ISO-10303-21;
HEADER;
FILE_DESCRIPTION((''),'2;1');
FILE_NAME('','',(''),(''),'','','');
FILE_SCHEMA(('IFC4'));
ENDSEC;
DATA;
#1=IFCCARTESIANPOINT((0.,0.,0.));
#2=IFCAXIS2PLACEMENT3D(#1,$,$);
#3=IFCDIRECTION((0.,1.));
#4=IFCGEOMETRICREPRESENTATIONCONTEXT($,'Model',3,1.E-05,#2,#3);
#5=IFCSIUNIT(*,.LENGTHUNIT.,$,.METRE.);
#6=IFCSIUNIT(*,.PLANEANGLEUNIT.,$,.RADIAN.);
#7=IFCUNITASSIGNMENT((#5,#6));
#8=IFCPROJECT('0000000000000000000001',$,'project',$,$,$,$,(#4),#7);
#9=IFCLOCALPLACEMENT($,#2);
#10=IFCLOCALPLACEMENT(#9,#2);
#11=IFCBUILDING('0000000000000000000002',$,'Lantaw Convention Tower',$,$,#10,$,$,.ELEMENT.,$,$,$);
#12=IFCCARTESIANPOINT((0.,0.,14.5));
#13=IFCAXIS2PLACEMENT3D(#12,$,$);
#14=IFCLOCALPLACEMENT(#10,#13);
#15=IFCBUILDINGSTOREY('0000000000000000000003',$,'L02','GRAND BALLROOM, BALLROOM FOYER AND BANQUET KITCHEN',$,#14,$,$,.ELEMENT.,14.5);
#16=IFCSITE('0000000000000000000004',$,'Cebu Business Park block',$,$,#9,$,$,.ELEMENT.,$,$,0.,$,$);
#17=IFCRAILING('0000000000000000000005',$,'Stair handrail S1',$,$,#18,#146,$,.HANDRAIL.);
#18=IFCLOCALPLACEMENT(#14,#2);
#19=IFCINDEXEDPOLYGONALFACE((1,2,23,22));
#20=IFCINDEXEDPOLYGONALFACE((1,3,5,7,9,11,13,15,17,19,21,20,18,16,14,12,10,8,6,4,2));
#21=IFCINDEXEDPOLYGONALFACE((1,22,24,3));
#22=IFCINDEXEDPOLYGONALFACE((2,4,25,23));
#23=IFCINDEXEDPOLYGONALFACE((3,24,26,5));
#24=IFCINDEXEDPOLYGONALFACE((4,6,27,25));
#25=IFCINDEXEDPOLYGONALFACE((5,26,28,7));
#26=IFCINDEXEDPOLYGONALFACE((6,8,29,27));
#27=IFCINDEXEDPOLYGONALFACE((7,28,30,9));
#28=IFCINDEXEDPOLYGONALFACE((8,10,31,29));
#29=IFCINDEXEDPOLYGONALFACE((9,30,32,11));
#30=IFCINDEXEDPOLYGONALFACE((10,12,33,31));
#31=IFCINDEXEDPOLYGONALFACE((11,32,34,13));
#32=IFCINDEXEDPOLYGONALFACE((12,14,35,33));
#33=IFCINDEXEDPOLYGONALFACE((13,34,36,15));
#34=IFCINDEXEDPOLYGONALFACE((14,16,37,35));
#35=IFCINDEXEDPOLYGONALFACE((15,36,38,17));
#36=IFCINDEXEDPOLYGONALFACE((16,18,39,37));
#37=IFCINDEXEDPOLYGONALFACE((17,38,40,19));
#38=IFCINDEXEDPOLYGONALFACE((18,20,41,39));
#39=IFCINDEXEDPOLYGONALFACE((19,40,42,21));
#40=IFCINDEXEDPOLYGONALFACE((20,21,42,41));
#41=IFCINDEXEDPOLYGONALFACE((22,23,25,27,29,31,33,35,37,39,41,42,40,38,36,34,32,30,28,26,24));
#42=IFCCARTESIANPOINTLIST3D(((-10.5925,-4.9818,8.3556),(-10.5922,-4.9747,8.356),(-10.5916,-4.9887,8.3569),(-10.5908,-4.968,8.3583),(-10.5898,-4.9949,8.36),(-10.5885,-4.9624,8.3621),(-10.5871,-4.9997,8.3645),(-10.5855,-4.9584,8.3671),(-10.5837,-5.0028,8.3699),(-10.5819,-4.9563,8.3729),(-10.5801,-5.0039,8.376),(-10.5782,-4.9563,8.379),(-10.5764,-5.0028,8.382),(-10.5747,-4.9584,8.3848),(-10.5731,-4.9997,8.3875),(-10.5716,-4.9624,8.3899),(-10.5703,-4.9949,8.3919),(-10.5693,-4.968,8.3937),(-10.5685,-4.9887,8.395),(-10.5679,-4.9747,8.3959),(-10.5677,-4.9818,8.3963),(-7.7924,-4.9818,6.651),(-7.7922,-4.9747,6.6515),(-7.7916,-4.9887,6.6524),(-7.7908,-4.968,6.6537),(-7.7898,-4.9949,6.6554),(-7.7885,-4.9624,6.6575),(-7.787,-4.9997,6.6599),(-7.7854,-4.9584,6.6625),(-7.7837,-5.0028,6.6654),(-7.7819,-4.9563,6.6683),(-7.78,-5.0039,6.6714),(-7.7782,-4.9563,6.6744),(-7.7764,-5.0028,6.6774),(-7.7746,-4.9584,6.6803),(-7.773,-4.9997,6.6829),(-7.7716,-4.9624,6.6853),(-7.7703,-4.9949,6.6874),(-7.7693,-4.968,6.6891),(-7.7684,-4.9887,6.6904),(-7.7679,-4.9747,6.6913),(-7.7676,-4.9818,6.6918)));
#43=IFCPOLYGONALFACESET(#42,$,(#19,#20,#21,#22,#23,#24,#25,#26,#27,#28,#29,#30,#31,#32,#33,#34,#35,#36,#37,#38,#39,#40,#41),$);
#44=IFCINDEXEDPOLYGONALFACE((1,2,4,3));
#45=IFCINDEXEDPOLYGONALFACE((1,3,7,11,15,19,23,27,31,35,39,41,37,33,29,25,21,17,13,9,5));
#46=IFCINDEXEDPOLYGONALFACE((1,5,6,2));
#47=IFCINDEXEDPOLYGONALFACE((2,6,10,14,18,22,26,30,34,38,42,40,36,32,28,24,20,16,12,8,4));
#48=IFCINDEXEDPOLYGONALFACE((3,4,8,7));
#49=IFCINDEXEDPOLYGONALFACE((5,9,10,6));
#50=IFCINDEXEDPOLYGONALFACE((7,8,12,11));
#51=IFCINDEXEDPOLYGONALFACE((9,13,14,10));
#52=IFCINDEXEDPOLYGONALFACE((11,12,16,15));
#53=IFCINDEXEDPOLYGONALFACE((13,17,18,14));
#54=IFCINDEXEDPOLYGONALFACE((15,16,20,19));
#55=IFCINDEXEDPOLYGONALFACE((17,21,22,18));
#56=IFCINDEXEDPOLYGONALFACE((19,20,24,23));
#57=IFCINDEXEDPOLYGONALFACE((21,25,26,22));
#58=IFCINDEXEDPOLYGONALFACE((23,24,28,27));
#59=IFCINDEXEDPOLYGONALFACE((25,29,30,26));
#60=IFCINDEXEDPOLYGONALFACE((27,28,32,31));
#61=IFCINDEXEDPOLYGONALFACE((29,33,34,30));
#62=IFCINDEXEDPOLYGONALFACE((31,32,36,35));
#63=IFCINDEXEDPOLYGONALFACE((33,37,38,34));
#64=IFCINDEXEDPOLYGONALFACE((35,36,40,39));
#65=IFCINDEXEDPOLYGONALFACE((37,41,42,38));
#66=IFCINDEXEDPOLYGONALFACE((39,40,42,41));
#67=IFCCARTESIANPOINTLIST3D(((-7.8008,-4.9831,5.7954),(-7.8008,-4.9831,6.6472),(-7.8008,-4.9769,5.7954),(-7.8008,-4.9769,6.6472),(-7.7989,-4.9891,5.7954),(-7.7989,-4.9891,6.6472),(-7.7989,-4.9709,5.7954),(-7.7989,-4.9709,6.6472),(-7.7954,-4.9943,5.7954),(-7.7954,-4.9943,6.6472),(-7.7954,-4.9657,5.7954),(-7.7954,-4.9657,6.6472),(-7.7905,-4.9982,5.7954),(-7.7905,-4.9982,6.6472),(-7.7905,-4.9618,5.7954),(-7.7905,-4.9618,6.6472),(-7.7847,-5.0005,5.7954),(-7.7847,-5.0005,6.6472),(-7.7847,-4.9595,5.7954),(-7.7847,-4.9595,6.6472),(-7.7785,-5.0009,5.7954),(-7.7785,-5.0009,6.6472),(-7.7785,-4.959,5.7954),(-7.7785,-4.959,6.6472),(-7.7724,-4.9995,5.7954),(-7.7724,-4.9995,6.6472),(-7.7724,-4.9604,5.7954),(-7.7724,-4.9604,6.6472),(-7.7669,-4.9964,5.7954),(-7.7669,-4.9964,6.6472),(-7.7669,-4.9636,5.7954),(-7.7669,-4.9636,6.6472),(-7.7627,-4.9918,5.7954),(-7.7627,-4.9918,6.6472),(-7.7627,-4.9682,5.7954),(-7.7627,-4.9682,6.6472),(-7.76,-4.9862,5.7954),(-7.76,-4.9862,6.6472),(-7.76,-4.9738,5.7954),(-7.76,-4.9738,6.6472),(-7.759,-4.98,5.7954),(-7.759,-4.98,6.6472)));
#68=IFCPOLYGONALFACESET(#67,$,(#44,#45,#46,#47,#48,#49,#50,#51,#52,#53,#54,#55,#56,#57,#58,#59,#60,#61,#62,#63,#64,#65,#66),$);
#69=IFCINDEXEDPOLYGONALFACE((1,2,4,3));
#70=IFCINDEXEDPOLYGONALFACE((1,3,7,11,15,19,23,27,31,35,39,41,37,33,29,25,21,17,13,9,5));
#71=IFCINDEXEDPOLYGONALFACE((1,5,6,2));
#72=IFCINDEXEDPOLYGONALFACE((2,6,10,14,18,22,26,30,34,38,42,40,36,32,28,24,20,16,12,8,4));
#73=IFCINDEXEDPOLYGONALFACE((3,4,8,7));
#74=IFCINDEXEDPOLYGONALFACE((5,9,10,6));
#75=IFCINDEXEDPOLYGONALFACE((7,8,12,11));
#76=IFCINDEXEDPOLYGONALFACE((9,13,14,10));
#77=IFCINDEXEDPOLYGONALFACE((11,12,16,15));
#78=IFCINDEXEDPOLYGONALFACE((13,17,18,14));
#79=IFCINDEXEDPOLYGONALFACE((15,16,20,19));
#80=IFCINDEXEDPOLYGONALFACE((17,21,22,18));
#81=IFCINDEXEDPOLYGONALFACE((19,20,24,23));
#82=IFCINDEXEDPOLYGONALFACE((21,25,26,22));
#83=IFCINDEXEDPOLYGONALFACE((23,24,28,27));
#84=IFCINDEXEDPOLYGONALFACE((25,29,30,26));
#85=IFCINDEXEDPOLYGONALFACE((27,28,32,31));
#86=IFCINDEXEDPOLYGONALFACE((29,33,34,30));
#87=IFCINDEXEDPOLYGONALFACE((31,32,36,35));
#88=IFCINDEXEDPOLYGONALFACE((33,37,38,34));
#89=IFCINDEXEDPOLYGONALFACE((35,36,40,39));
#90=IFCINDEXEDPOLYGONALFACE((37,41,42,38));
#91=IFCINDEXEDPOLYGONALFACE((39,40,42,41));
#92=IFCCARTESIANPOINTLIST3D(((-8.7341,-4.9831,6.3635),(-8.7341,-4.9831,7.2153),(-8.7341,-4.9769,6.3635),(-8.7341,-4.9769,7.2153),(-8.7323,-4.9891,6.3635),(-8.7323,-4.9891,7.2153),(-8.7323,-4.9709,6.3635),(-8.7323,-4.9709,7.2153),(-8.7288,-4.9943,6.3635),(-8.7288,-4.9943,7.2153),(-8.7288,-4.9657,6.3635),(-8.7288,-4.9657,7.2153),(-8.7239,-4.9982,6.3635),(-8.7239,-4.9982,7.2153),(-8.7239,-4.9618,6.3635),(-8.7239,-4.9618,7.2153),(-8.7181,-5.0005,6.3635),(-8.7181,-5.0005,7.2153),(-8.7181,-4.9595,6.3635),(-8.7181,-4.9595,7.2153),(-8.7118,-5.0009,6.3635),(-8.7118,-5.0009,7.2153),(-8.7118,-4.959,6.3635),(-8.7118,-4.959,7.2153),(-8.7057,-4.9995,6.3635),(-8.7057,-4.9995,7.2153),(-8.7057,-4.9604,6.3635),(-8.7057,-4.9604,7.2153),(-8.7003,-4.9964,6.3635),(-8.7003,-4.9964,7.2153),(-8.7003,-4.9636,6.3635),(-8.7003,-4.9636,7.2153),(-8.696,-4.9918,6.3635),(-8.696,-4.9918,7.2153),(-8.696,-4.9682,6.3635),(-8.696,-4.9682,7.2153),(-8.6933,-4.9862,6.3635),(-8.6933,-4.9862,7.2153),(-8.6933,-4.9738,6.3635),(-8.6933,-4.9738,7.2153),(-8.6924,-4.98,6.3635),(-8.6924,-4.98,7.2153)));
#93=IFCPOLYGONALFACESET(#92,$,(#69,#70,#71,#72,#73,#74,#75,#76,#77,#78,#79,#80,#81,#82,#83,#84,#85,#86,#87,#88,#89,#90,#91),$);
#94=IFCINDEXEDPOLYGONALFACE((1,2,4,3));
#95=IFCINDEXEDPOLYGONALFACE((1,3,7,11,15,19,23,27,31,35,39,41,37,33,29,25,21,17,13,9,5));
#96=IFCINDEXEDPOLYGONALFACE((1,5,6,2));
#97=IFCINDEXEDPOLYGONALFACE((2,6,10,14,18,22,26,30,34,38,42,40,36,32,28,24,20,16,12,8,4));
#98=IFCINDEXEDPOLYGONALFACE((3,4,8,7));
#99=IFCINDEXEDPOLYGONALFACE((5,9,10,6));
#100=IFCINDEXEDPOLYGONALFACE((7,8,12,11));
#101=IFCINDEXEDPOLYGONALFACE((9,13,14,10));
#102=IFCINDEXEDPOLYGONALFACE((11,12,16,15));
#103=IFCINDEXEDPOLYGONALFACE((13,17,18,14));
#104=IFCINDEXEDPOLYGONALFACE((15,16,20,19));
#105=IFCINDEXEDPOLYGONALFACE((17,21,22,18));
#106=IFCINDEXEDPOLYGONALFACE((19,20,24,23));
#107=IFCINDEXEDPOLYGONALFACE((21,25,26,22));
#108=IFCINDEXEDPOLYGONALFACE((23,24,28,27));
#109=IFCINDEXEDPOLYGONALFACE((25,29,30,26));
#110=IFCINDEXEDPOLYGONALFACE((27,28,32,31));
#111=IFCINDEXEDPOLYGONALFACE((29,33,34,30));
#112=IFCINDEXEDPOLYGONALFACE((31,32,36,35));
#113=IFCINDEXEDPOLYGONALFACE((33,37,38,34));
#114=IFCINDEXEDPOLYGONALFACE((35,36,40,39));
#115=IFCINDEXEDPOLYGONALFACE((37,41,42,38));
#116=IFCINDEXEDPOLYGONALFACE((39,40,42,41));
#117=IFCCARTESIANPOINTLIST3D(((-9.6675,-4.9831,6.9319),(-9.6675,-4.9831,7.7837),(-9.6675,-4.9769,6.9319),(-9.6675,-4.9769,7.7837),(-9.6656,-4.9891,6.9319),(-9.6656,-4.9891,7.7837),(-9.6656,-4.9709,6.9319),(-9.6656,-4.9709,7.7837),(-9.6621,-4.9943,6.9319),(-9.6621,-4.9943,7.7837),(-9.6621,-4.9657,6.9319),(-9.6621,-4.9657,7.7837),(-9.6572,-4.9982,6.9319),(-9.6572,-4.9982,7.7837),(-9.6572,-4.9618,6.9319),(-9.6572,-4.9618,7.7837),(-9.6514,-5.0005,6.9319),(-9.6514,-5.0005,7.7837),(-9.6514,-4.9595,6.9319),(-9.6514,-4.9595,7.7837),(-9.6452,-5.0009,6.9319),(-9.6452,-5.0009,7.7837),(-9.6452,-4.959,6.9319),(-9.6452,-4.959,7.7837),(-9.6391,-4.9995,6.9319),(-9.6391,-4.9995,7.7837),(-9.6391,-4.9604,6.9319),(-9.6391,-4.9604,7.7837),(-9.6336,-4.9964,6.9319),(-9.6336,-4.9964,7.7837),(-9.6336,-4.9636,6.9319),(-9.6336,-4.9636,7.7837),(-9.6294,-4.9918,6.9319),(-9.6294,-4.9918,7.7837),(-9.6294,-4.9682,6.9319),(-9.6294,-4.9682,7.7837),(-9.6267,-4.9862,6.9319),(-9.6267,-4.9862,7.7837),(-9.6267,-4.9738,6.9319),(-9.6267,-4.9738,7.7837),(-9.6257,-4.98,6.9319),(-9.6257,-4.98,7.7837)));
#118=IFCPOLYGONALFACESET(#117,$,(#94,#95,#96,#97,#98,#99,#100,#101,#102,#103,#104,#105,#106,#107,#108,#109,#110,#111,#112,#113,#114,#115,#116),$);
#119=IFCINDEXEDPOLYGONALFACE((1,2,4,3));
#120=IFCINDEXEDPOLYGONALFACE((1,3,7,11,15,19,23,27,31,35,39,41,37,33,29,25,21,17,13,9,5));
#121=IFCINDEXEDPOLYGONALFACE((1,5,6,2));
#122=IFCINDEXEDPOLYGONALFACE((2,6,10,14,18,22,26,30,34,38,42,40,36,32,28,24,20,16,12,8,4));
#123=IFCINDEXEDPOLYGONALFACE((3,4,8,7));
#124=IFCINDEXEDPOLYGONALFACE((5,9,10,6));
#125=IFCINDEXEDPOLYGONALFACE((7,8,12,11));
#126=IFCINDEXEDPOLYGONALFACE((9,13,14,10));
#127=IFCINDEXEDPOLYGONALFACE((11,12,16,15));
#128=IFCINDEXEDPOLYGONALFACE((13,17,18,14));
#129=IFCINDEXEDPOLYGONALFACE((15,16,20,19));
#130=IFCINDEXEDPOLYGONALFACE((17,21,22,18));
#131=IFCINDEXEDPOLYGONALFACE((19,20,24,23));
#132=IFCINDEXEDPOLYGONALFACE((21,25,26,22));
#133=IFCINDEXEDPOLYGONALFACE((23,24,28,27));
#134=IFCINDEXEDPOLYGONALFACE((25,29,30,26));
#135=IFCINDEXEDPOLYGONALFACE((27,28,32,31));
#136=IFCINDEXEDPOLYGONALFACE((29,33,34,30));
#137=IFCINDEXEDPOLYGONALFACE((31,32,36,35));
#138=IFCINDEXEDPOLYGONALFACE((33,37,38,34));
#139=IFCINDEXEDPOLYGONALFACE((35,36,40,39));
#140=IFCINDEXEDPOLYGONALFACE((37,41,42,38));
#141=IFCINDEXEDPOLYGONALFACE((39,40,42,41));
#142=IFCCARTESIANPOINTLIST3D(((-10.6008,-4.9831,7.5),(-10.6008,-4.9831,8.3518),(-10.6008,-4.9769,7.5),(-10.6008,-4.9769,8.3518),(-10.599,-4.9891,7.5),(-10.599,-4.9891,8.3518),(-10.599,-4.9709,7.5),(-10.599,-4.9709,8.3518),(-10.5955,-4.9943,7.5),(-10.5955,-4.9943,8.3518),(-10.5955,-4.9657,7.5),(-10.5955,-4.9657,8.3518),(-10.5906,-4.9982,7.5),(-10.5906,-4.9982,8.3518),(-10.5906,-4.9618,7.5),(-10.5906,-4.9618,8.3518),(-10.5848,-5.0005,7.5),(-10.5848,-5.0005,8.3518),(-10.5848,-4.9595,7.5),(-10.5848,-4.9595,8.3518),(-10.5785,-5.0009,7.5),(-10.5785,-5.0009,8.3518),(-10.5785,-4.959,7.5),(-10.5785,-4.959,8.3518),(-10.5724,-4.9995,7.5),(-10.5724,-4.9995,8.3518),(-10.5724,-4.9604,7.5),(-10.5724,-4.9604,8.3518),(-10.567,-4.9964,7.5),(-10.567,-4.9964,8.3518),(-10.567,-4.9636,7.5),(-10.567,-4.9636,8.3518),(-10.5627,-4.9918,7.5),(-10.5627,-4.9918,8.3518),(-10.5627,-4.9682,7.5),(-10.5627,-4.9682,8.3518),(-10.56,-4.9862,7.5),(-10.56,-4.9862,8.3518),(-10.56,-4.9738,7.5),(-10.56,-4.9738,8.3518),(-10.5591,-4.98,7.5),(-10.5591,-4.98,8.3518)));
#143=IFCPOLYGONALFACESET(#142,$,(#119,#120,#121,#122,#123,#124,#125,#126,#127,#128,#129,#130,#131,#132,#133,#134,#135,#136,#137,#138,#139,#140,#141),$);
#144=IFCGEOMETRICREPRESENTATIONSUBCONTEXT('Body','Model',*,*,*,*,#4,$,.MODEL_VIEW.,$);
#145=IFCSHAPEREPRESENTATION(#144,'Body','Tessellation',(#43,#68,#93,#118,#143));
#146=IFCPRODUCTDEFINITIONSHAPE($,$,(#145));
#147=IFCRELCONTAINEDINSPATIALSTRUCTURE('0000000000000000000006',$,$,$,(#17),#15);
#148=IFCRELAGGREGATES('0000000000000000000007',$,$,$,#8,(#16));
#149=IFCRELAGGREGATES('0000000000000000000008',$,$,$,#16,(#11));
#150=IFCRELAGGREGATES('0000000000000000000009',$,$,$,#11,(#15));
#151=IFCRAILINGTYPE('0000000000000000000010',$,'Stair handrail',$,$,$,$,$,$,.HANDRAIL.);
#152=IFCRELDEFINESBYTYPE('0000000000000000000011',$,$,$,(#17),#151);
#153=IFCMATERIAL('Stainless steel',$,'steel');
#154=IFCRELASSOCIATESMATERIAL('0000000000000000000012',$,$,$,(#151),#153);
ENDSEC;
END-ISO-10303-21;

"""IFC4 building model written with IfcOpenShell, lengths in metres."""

from ifc_helpers import new_model, si_unit, direction, frame, origin, origin_2d, place, context, subcontext, project, spatial, circle, extrude, material, type_object, element, save


model = new_model("IFC4")

# Units and contexts
model_context = context("Model", 3, precision=1e-05, world=origin(), true_north=direction((0.0, 1.0)))
body_context = subcontext(model_context, "Body", "Model", "MODEL_VIEW")
ifc_project = project(units=[si_unit("LENGTHUNIT", "METRE"), si_unit("PLANEANGLEUNIT", "RADIAN")], contexts=[model_context])

# Site, building, storey
site_placement = place(None, origin())
site = spatial("IfcSite", under=ifc_project, at=site_placement, Name="Cebu Business Park block", CompositionType="ELEMENT", RefElevation=0.0)
building_placement = place(site_placement, origin())
building = spatial("IfcBuilding", under=site, at=building_placement, Name="Lantaw Convention Tower", CompositionType="ELEMENT")
storey_placement = place(building_placement, frame((0.0, 0.0, 14.5)))
storey = spatial("IfcBuildingStorey", under=building, at=storey_placement, Name="L02", Description="GRAND BALLROOM, BALLROOM FOYER AND BANQUET KITCHEN", CompositionType="ELEMENT", Elevation=14.5)

# Railing
ifc_material_1 = material(Name="Stainless steel", Category="steel")
railing_type = type_object("IfcRailingType", Name="Stair handrail", PredefinedType="HANDRAIL", material=ifc_material_1)
railing_1_placement = place(storey_placement, frame((-7.78, -4.98, 5.7954)))
element("IfcRailing", 1, at=railing_1_placement, inside=storey, type_object=railing_type, Name="Stair handrail S1", PredefinedType="HANDRAIL", context=body_context, shape_type="SweptSolid", body=[
    extrude(circle(Radius=0.0239, at=origin_2d()), frame((0.0, 0.0, 0.876), z_axis=(-0.85417, 0.0, 0.519994), x_axis=(0.0, -1.0, 0.0)), (0.0, 0.0, 1.0), 3.2781),
    extrude(circle(Radius=0.021, at=origin_2d()), origin(), (0.0, 0.0, 1.0), 0.8518),
    extrude(circle(Radius=0.021, at=origin_2d()), frame((-0.9333, 0.0, 0.5681)), (0.0, 0.0, 1.0), 0.8518),
    extrude(circle(Radius=0.021, at=origin_2d()), frame((-1.8667, 0.0, 1.1365)), (0.0, 0.0, 1.0), 0.8518),
    extrude(circle(Radius=0.021, at=origin_2d()), frame((-2.8, 0.0, 1.7046)), (0.0, 0.0, 1.0), 0.8518),
])

save(model, "model.ifc")
